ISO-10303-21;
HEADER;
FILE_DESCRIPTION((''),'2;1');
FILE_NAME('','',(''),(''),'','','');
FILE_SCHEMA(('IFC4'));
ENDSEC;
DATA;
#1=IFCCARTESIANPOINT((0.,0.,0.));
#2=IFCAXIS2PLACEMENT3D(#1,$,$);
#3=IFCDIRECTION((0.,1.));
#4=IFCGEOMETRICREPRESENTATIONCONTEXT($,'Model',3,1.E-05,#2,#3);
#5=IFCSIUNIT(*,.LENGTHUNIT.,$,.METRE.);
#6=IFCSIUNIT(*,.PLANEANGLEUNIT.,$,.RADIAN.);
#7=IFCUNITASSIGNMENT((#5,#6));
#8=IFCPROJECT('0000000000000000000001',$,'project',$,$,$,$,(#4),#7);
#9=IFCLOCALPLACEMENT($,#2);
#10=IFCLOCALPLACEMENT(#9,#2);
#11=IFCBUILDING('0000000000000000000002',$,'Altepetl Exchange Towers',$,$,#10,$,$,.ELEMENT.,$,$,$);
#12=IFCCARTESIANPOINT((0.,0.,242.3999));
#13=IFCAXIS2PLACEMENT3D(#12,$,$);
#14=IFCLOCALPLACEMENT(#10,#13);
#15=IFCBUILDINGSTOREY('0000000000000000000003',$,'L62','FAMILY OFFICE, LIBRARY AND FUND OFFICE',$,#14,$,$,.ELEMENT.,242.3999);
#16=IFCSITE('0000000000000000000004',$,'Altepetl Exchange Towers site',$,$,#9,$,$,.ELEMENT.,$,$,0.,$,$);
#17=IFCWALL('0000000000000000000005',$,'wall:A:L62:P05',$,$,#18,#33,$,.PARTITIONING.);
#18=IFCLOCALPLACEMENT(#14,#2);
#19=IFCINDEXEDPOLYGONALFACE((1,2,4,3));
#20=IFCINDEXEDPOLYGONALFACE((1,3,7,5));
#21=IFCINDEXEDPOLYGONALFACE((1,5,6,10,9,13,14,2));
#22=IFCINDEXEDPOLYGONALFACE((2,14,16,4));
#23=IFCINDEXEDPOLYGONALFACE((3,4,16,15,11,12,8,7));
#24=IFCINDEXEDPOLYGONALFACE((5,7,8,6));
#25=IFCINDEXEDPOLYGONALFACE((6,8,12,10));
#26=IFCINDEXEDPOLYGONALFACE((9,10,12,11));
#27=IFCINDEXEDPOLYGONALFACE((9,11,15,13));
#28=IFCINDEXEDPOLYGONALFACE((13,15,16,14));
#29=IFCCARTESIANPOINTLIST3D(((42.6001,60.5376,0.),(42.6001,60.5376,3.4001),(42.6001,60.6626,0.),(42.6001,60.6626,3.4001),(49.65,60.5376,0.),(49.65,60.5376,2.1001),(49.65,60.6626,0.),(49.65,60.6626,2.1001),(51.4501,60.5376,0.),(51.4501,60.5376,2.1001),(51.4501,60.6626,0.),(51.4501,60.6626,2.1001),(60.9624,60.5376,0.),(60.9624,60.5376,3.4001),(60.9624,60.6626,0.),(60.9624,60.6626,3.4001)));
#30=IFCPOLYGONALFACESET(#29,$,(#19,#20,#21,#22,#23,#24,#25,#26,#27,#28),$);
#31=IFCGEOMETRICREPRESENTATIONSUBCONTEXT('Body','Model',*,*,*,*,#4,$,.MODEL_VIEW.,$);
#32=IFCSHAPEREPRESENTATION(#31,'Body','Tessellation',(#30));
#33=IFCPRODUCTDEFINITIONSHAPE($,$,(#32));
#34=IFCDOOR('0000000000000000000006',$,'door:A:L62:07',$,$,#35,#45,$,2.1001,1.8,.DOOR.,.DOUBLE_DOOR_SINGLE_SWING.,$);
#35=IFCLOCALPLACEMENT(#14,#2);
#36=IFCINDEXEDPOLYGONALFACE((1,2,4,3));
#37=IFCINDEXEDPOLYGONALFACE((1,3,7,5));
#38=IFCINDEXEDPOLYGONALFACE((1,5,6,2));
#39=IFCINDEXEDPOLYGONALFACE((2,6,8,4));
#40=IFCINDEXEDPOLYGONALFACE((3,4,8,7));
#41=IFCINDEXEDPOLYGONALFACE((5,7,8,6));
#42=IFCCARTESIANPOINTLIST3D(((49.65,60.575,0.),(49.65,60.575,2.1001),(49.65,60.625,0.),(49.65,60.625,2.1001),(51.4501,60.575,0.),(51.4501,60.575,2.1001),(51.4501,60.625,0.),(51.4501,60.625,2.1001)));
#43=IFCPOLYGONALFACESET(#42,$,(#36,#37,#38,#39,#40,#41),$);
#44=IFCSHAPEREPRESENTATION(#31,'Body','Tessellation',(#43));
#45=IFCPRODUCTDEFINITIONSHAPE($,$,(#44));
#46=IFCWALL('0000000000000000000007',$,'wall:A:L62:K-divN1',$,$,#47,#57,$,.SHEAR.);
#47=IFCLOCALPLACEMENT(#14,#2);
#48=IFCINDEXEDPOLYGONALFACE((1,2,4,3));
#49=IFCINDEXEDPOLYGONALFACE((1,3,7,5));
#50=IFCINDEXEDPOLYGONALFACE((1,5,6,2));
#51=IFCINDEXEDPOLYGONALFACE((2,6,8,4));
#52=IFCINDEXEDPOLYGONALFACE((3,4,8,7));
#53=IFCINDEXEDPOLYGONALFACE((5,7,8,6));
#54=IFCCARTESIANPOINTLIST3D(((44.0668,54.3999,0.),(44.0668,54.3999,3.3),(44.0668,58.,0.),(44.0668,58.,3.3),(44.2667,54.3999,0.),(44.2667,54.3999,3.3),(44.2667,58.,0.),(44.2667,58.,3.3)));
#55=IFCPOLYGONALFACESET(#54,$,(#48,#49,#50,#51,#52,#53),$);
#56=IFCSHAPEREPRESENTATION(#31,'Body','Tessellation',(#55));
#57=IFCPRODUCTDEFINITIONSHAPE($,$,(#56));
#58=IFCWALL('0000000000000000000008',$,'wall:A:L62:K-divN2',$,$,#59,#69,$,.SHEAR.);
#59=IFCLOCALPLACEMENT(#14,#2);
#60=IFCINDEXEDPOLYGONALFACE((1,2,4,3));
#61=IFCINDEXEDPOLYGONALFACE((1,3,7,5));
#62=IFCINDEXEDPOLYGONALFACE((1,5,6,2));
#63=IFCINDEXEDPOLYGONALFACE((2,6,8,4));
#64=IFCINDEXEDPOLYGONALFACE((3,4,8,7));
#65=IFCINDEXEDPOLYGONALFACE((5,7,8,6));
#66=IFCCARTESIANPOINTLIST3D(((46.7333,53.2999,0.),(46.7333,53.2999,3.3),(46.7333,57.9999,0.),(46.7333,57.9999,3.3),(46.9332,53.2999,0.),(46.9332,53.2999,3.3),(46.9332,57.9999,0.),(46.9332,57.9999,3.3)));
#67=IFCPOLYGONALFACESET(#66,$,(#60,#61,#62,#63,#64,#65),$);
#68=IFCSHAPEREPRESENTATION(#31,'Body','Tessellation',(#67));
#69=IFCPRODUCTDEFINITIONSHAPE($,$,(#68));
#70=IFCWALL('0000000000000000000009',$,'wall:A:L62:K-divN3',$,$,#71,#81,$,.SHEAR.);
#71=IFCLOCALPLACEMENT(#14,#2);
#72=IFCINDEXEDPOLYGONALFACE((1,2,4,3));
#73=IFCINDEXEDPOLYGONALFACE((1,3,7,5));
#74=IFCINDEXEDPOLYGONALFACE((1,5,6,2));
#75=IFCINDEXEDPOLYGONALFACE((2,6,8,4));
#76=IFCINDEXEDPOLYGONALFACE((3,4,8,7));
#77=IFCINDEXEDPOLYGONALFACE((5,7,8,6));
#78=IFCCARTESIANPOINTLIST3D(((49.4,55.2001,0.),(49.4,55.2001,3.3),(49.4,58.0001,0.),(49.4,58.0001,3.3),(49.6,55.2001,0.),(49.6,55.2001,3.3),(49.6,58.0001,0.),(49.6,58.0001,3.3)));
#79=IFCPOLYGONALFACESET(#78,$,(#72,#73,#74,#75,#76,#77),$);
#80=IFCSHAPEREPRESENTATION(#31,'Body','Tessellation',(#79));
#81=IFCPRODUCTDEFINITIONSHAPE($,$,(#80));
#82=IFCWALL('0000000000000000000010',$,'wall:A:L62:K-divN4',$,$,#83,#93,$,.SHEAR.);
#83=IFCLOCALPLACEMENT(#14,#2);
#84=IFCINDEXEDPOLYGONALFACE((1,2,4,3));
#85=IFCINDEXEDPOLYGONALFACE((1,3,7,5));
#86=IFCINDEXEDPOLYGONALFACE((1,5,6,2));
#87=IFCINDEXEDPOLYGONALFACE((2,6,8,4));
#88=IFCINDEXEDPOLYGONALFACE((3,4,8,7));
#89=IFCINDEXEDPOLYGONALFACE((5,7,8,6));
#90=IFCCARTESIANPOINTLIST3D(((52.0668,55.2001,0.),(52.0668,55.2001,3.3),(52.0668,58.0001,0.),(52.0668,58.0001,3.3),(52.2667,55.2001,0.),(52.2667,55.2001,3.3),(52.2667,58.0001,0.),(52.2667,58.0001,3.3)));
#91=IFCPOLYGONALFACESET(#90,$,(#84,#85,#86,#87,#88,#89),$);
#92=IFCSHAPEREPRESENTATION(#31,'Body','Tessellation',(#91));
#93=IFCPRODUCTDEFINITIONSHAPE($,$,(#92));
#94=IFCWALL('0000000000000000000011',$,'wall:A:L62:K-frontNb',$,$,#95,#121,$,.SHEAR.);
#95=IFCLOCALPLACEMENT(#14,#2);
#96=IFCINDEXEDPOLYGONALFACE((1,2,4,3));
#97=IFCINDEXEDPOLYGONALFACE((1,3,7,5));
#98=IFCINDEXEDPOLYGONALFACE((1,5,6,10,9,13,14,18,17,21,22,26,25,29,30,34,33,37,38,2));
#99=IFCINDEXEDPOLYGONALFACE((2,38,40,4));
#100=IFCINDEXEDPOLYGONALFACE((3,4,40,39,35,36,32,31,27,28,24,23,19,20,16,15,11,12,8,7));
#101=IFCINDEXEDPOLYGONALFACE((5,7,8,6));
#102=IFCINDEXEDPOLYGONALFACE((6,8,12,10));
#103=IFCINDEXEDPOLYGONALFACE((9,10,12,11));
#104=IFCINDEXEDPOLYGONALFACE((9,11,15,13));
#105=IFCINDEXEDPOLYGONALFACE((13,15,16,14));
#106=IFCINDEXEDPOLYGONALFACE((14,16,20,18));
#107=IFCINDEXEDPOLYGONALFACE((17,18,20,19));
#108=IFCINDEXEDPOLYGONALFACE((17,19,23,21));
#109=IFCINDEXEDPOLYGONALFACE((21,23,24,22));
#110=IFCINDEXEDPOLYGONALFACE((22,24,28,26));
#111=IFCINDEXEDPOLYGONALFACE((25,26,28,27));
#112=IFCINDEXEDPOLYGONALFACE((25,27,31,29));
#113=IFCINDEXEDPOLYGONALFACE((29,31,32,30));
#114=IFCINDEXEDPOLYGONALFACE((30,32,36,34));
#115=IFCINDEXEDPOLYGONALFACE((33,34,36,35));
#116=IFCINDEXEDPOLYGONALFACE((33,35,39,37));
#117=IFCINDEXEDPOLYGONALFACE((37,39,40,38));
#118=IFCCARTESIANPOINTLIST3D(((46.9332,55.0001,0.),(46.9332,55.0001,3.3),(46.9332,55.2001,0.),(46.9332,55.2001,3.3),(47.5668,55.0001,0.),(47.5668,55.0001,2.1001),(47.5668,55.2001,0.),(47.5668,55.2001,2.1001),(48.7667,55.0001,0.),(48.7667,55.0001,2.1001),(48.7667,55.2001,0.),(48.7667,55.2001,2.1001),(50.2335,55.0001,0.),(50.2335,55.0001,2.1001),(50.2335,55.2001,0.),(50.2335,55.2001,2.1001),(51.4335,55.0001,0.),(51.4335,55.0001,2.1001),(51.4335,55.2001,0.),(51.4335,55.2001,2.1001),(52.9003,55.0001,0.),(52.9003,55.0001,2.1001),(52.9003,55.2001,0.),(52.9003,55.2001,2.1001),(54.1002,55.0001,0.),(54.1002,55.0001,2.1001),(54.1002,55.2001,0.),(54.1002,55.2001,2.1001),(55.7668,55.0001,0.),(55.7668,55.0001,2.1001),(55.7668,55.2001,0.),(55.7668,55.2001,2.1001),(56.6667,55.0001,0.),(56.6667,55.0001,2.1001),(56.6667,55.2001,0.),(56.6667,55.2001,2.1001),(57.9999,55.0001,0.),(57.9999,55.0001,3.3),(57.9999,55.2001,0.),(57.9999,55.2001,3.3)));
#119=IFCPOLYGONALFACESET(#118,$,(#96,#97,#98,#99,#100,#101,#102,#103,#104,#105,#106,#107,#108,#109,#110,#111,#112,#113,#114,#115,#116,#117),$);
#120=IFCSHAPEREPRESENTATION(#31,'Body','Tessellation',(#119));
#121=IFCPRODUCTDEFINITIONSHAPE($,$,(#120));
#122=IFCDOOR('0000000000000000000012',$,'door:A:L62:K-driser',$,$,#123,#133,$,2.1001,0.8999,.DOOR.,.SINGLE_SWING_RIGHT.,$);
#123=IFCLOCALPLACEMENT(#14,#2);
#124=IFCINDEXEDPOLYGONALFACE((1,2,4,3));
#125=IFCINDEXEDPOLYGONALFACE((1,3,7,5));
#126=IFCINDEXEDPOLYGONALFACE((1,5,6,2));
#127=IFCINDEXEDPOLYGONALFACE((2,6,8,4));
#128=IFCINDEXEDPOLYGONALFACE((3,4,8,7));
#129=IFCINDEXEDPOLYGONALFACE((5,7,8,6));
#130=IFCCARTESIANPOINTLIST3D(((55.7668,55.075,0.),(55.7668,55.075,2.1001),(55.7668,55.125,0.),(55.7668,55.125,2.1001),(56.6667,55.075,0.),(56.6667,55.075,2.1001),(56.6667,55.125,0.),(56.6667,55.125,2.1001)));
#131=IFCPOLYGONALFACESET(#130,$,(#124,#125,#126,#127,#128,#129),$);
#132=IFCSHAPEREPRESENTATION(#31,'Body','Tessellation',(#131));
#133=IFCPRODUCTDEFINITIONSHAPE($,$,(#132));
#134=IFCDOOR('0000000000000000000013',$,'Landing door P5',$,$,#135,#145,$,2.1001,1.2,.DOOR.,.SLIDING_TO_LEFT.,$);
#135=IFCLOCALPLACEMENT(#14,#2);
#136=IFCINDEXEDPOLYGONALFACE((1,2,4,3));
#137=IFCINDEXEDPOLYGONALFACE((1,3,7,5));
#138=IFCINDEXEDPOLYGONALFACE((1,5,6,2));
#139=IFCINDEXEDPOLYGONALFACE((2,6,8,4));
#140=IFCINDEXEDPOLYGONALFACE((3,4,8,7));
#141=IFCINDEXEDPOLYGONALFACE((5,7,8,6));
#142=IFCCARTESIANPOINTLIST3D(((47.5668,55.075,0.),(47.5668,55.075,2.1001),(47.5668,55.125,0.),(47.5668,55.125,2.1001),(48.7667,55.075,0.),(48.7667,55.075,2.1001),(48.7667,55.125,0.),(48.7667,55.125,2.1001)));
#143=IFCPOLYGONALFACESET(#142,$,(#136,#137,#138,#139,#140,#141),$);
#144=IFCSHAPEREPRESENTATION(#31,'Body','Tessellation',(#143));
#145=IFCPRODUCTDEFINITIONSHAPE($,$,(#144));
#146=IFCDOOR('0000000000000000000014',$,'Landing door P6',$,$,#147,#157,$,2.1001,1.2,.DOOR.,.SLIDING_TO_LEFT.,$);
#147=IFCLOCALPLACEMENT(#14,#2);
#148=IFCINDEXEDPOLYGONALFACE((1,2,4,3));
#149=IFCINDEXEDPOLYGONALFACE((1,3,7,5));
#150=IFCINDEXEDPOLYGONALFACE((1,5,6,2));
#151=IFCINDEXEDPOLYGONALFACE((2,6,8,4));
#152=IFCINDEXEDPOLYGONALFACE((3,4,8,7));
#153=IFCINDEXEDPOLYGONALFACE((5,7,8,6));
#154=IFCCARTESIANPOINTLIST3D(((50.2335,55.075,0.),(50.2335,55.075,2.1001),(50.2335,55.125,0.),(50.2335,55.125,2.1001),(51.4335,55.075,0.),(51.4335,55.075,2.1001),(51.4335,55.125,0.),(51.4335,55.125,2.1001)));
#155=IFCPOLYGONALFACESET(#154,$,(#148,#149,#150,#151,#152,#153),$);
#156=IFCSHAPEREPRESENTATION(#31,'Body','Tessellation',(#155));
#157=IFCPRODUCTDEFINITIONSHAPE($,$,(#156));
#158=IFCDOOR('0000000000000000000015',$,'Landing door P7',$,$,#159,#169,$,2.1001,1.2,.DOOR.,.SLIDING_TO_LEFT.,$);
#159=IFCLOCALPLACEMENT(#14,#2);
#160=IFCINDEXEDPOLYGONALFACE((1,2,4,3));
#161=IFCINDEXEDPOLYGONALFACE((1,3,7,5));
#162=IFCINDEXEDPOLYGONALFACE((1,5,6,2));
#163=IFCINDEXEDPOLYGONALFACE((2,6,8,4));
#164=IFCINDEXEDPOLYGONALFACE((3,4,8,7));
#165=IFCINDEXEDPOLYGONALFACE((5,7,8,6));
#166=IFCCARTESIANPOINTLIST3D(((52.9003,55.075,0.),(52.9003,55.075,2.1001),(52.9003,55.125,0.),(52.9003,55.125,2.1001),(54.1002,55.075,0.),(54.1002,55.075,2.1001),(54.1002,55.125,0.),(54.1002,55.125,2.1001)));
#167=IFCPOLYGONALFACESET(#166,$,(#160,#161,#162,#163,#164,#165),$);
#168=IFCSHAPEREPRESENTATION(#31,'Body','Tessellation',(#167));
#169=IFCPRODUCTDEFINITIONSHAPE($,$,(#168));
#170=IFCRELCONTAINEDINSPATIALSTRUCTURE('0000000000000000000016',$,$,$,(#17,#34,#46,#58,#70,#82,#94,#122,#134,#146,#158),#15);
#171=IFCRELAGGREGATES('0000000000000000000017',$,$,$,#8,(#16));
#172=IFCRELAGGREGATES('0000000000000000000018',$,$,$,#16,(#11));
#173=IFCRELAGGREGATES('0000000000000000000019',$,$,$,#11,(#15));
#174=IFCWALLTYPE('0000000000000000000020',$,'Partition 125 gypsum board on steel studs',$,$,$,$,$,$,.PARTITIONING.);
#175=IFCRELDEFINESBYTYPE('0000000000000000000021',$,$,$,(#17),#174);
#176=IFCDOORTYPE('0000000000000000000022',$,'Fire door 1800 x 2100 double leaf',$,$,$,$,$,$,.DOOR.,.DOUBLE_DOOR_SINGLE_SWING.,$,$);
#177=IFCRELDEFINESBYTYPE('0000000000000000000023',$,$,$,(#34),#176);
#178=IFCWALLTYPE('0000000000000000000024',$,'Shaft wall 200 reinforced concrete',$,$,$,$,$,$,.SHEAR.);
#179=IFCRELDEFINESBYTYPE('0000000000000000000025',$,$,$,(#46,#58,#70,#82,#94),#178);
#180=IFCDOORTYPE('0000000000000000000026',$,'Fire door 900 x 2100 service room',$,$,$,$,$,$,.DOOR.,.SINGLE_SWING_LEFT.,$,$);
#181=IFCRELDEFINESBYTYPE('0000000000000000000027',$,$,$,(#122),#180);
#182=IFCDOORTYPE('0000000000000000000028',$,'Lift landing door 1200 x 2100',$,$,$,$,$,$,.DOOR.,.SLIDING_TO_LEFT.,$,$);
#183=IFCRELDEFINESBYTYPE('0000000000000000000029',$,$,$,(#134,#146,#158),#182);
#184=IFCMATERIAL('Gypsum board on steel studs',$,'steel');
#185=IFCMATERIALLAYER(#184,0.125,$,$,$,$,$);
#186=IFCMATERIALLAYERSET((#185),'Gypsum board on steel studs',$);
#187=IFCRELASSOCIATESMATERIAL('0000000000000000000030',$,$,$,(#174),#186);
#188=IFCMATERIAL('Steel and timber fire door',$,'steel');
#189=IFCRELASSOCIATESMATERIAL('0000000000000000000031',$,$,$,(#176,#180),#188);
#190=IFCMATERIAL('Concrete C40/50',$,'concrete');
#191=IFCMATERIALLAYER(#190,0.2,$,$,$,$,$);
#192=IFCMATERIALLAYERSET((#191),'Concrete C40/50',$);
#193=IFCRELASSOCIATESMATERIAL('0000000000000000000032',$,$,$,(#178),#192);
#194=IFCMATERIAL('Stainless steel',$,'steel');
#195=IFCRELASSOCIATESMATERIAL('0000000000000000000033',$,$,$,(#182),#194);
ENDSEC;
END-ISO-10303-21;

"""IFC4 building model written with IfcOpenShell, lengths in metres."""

from ifc_helpers import new_model, si_unit, direction, frame, frame_2d, origin, place, context, subcontext, project, spatial, rectangle, extrude, material, layer, layer_set, type_object, element, fill, save


model = new_model("IFC4")

# Units and contexts
model_context = context("Model", 3, precision=1e-05, world=origin(), true_north=direction((0.0, 1.0)))
body_context = subcontext(model_context, "Body", "Model", "MODEL_VIEW")
ifc_project = project(units=[si_unit("LENGTHUNIT", "METRE"), si_unit("PLANEANGLEUNIT", "RADIAN")], contexts=[model_context])

# Site, building, storey
site_placement = place(None, origin())
site = spatial("IfcSite", under=ifc_project, at=site_placement, Name="Altepetl Exchange Towers site", CompositionType="ELEMENT", RefElevation=0.0)
building_placement = place(site_placement, origin())
building = spatial("IfcBuilding", under=site, at=building_placement, Name="Altepetl Exchange Towers", CompositionType="ELEMENT")
storey_placement = place(building_placement, frame((0.0, 0.0, 242.3999)))
storey = spatial("IfcBuildingStorey", under=building, at=storey_placement, Name="L62", Description="FAMILY OFFICE, LIBRARY AND FUND OFFICE", CompositionType="ELEMENT", Elevation=242.3999)

# Wall, opening, door
ifc_material_1 = material(Name="Steel and timber fire door", Category="steel")
ifc_material_2 = material(Name="Gypsum board on steel studs", Category="steel")
ifc_layer_1 = layer(ifc_material_2, 0.125)
ifc_layer_set_1 = layer_set([ifc_layer_1], Name="Gypsum board on steel studs")
wall_type_1 = type_object("IfcWallType", Name="Partition 125 gypsum board on steel studs", PredefinedType="PARTITIONING", material=ifc_layer_set_1)
wall_1_placement = place(storey_placement, frame((42.6001, 60.6001, 0.0)))
wall_1 = element("IfcWall", 1, at=wall_1_placement, inside=storey, type_object=wall_type_1, Name="wall:A:L62:P05", PredefinedType="PARTITIONING", context=body_context, shape_type="SweptSolid", body=[
    extrude(rectangle(XDim=18.3623, YDim=0.125, at=frame_2d((9.1812, 0.0))), origin(), (0.0, 0.0, 1.0), 3.4001),
])
opening_1_placement = place(wall_1_placement, frame((7.05, 0.0, 0.0)))
opening_1 = element("IfcOpeningElement", 2, at=opening_1_placement, cuts=wall_1, PredefinedType="OPENING", context=body_context, shape_type="SweptSolid", body=[
    extrude(rectangle(XDim=1.8, YDim=2.1001, at=frame_2d((0.8999, 1.05))), frame((0.0, 0.0725, 0.0), z_axis=(0.0, -1.0, 0.0), x_axis=(1.0, 0.0, 0.0)), (0.0, 0.0, 1.0), 0.145),
])
door_type_1 = type_object("IfcDoorType", Name="Fire door 1800 x 2100 double leaf", OperationType="DOUBLE_DOOR_SINGLE_SWING", PredefinedType="DOOR", material=ifc_material_1)
door_1_placement = place(opening_1_placement, origin())
door_1 = element("IfcDoor", 3, at=door_1_placement, inside=storey, type_object=door_type_1, Name="door:A:L62:07", OperationType="DOUBLE_DOOR_SINGLE_SWING", OverallHeight=2.1001, OverallWidth=1.8, PredefinedType="DOOR", context=body_context, shape_type="SweptSolid", body=[
    extrude(rectangle(XDim=1.8, YDim=2.1001, at=frame_2d((0.8999, 1.05))), frame((0.0, 0.0249, 0.0), z_axis=(0.0, -1.0, 0.0), x_axis=(1.0, 0.0, 0.0)), (0.0, 0.0, 1.0), 0.05),
])
fill(opening_1, door_1)

# Walls
ifc_material_3 = material(Name="Concrete C40/50", Category="concrete")
ifc_layer_2 = layer(ifc_material_3, 0.2)
ifc_layer_set_2 = layer_set([ifc_layer_2], Name="Concrete C40/50")
wall_type_2 = type_object("IfcWallType", Name="Shaft wall 200 reinforced concrete", PredefinedType="SHEAR", material=ifc_layer_set_2)
wall_2_placement = place(storey_placement, frame((44.1667, 58.0, 0.0), z_axis=(0.0, 0.0, 1.0), x_axis=(0.0, -1.0, 0.0)))
element("IfcWall", 4, at=wall_2_placement, inside=storey, type_object=wall_type_2, Name="wall:A:L62:K-divN1", PredefinedType="SHEAR", context=body_context, shape_type="SweptSolid", body=[
    extrude(rectangle(XDim=3.6001, YDim=0.2, at=frame_2d((1.8, 0.0))), origin(), (0.0, 0.0, 1.0), 3.3),
])
wall_3_placement = place(storey_placement, frame((46.8333, 58.0, 0.0), z_axis=(0.0, 0.0, 1.0), x_axis=(0.0, -1.0, 0.0)))
element("IfcWall", 5, at=wall_3_placement, inside=storey, type_object=wall_type_2, Name="wall:A:L62:K-divN2", PredefinedType="SHEAR", context=body_context, shape_type="SweptSolid", body=[
    extrude(rectangle(XDim=4.7, YDim=0.2, at=frame_2d((2.3501, 0.0))), origin(), (0.0, 0.0, 1.0), 3.3),
])
for number, where, z_axis, x_axis, name in (
    (6, (49.5, 58.0, 0.0), (0.0, 0.0, 1.0), (0.0, -1.0, 0.0), "wall:A:L62:K-divN3"),
    (7, (52.1667, 58.0, 0.0), (0.0, 0.0, 1.0), (0.0, -1.0, 0.0), "wall:A:L62:K-divN4"),
):
    element("IfcWall", number, at=place(storey_placement, frame(where, z_axis=z_axis, x_axis=x_axis)), inside=storey, type_object=wall_type_2, Name=name, PredefinedType="SHEAR", context=body_context, shape_type="SweptSolid", body=[
        extrude(rectangle(XDim=2.8, YDim=0.2, at=frame_2d((1.3999, 0.0))), origin(), (0.0, 0.0, 1.0), 3.3),
    ])

# Wall, openings, doors
wall_4_placement = place(storey_placement, frame((46.9333, 55.1001, 0.0)))
wall_4 = element("IfcWall", 8, at=wall_4_placement, inside=storey, type_object=wall_type_2, Name="wall:A:L62:K-frontNb", PredefinedType="SHEAR", context=body_context, shape_type="SweptSolid", body=[
    extrude(rectangle(XDim=11.0667, YDim=0.2, at=frame_2d((5.5332, 0.0))), origin(), (0.0, 0.0, 1.0), 3.3),
])
opening_2_placement = place(wall_4_placement, frame((8.8335, 0.0, 0.0)))
opening_2 = element("IfcOpeningElement", 9, at=opening_2_placement, cuts=wall_4, PredefinedType="OPENING", context=body_context, shape_type="SweptSolid", body=[
    extrude(rectangle(XDim=0.8999, YDim=2.1001, at=frame_2d((0.45, 1.05))), frame((0.0, 0.1099, 0.0), z_axis=(0.0, -1.0, 0.0), x_axis=(1.0, 0.0, 0.0)), (0.0, 0.0, 1.0), 0.22),
])
opening_3_placement = place(wall_4_placement, frame((0.6333, 0.0, 0.0)))
opening_3 = element("IfcOpeningElement", 10, at=opening_3_placement, cuts=wall_4, PredefinedType="OPENING", context=body_context, shape_type="SweptSolid", body=[
    extrude(rectangle(XDim=1.2, YDim=2.1001, at=frame_2d((0.6001, 1.05))), frame((0.0, 0.1099, 0.0), z_axis=(0.0, -1.0, 0.0), x_axis=(1.0, 0.0, 0.0)), (0.0, 0.0, 1.0), 0.22),
])
opening_4_placement = place(wall_4_placement, frame((3.3, 0.0, 0.0)))
opening_4 = element("IfcOpeningElement", 11, at=opening_4_placement, cuts=wall_4, PredefinedType="OPENING", context=body_context, shape_type="SweptSolid", body=[
    extrude(rectangle(XDim=1.2, YDim=2.1001, at=frame_2d((0.6001, 1.05))), frame((0.0, 0.1099, 0.0), z_axis=(0.0, -1.0, 0.0), x_axis=(1.0, 0.0, 0.0)), (0.0, 0.0, 1.0), 0.22),
])
opening_5_placement = place(wall_4_placement, frame((5.9668, 0.0, 0.0)))
opening_5 = element("IfcOpeningElement", 12, at=opening_5_placement, cuts=wall_4, PredefinedType="OPENING", context=body_context, shape_type="SweptSolid", body=[
    extrude(rectangle(XDim=1.2, YDim=2.1001, at=frame_2d((0.6001, 1.05))), frame((0.0, 0.1099, 0.0), z_axis=(0.0, -1.0, 0.0), x_axis=(1.0, 0.0, 0.0)), (0.0, 0.0, 1.0), 0.22),
])
door_type_2 = type_object("IfcDoorType", Name="Fire door 900 x 2100 service room", OperationType="SINGLE_SWING_LEFT", PredefinedType="DOOR", material=ifc_material_1)
door_2_placement = place(opening_2_placement, origin())
door_2 = element("IfcDoor", 13, at=door_2_placement, inside=storey, type_object=door_type_2, Name="door:A:L62:K-driser", OperationType="SINGLE_SWING_RIGHT", OverallHeight=2.1001, OverallWidth=0.8999, PredefinedType="DOOR", context=body_context, shape_type="SweptSolid", body=[
    extrude(rectangle(XDim=0.8999, YDim=2.1001, at=frame_2d((0.45, 1.05))), frame((0.0, 0.0249, 0.0), z_axis=(0.0, -1.0, 0.0), x_axis=(1.0, 0.0, 0.0)), (0.0, 0.0, 1.0), 0.05),
])
fill(opening_2, door_2)
ifc_material_4 = material(Name="Stainless steel", Category="steel")
door_type_3 = type_object("IfcDoorType", Name="Lift landing door 1200 x 2100", OperationType="SLIDING_TO_LEFT", PredefinedType="DOOR", material=ifc_material_4)
door_3_placement = place(opening_3_placement, origin())
door_3 = element("IfcDoor", 14, at=door_3_placement, inside=storey, type_object=door_type_3, Name="Landing door P5", OperationType="SLIDING_TO_LEFT", OverallHeight=2.1001, OverallWidth=1.2, PredefinedType="DOOR", context=body_context, shape_type="SweptSolid", body=[
    extrude(rectangle(XDim=1.2, YDim=2.1001, at=frame_2d((0.6001, 1.05))), frame((0.0, 0.0249, 0.0), z_axis=(0.0, -1.0, 0.0), x_axis=(1.0, 0.0, 0.0)), (0.0, 0.0, 1.0), 0.05),
])
fill(opening_3, door_3)
door_4_placement = place(opening_4_placement, origin())
door_4 = element("IfcDoor", 15, at=door_4_placement, inside=storey, type_object=door_type_3, Name="Landing door P6", OperationType="SLIDING_TO_LEFT", OverallHeight=2.1001, OverallWidth=1.2, PredefinedType="DOOR", context=body_context, shape_type="SweptSolid", body=[
    extrude(rectangle(XDim=1.2, YDim=2.1001, at=frame_2d((0.6001, 1.05))), frame((0.0, 0.0249, 0.0), z_axis=(0.0, -1.0, 0.0), x_axis=(1.0, 0.0, 0.0)), (0.0, 0.0, 1.0), 0.05),
])
fill(opening_4, door_4)
door_5_placement = place(opening_5_placement, origin())
door_5 = element("IfcDoor", 16, at=door_5_placement, inside=storey, type_object=door_type_3, Name="Landing door P7", OperationType="SLIDING_TO_LEFT", OverallHeight=2.1001, OverallWidth=1.2, PredefinedType="DOOR", context=body_context, shape_type="SweptSolid", body=[
    extrude(rectangle(XDim=1.2, YDim=2.1001, at=frame_2d((0.6001, 1.05))), frame((0.0, 0.0249, 0.0), z_axis=(0.0, -1.0, 0.0), x_axis=(1.0, 0.0, 0.0)), (0.0, 0.0, 1.0), 0.05),
])
fill(opening_5, door_5)

save(model, "model.ifc")
